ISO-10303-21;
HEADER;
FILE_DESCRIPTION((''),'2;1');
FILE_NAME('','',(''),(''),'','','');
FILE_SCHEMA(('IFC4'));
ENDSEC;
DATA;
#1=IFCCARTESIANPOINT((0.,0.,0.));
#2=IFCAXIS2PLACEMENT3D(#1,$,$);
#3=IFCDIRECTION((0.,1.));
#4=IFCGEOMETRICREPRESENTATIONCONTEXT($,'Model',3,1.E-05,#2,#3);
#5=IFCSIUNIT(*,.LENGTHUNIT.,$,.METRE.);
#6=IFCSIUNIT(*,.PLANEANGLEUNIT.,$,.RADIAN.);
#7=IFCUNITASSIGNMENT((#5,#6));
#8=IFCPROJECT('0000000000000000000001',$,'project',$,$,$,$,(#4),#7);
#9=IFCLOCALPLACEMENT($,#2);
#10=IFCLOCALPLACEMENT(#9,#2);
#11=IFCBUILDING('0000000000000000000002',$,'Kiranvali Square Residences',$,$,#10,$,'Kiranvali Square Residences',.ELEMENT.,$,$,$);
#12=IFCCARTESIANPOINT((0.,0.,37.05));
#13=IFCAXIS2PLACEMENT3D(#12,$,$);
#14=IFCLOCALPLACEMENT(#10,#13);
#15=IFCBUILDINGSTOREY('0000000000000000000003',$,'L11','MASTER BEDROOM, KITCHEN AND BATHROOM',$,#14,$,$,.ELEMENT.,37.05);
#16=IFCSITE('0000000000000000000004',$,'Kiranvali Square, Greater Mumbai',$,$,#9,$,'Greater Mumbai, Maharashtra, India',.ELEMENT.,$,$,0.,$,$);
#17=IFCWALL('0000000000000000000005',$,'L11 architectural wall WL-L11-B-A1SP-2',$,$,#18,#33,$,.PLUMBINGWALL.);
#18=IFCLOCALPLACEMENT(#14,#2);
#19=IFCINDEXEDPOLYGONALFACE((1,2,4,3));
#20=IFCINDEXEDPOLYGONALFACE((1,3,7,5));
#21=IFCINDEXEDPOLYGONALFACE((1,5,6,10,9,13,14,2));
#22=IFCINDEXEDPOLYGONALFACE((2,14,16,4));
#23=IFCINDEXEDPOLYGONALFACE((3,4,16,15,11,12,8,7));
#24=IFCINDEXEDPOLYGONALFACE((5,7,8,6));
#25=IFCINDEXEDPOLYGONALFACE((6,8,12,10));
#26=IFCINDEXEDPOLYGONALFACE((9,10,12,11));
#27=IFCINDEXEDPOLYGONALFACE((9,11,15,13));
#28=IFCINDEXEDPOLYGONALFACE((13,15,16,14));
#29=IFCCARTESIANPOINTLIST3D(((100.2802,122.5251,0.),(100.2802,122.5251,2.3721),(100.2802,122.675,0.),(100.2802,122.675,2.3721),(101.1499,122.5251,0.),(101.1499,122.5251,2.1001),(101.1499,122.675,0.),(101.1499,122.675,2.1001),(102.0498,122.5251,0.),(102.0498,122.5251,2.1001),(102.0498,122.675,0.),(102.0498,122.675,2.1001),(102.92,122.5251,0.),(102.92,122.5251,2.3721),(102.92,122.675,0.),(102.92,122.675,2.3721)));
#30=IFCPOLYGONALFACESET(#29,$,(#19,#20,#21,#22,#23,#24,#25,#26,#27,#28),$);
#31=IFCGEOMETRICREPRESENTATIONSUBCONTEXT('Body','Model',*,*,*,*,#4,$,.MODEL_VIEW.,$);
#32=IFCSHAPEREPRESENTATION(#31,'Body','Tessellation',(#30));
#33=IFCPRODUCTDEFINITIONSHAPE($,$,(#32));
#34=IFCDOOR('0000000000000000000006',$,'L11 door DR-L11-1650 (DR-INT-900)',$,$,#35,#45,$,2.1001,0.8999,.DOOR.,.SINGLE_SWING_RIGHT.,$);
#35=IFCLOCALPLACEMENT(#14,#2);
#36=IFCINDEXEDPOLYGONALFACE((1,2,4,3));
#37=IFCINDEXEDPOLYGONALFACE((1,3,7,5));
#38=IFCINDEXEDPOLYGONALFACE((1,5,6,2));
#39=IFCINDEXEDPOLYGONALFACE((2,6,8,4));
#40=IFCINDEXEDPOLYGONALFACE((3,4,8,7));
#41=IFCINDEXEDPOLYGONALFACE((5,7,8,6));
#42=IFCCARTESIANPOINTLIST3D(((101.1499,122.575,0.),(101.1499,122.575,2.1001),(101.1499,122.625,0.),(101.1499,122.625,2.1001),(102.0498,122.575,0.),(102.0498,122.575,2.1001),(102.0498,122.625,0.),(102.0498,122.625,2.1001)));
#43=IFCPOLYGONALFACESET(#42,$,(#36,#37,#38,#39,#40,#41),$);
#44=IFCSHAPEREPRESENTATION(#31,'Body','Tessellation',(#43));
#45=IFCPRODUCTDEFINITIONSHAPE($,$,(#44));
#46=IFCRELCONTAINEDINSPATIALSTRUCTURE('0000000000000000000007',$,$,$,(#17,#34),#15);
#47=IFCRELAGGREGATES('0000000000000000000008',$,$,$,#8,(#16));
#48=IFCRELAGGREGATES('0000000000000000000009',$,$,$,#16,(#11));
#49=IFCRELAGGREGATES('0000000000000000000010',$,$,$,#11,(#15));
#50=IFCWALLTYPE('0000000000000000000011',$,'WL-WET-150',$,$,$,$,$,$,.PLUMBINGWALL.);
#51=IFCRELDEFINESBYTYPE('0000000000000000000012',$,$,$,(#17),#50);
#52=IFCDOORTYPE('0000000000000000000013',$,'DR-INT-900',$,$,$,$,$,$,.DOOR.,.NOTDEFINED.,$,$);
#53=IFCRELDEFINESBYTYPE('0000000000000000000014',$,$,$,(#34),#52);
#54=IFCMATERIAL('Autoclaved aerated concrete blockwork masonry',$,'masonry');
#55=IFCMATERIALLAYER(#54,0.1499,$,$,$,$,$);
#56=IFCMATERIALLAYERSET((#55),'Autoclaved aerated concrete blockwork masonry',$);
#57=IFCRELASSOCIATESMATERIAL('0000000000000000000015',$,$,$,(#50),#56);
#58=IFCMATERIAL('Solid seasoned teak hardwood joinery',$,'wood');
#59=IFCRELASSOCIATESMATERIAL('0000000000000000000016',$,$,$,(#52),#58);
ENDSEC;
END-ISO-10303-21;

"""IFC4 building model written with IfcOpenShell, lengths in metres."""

from ifc_helpers import new_model, si_unit, direction, frame, frame_2d, origin, place, context, subcontext, project, spatial, rectangle, extrude, material, layer, layer_set, type_object, element, fill, save


model = new_model("IFC4")

# Units and contexts
model_context = context("Model", 3, precision=1e-05, world=origin(), true_north=direction((0.0, 1.0)))
body_context = subcontext(model_context, "Body", "Model", "MODEL_VIEW")
ifc_project = project(units=[si_unit("LENGTHUNIT", "METRE"), si_unit("PLANEANGLEUNIT", "RADIAN")], contexts=[model_context])

# Site, building, storey
site_placement = place(None, origin())
site = spatial("IfcSite", under=ifc_project, at=site_placement, Name="Kiranvali Square, Greater Mumbai", LongName="Greater Mumbai, Maharashtra, India", CompositionType="ELEMENT", RefElevation=0.0)
building_placement = place(site_placement, origin())
building = spatial("IfcBuilding", under=site, at=building_placement, Name="Kiranvali Square Residences", LongName="Kiranvali Square Residences", CompositionType="ELEMENT")
storey_placement = place(building_placement, frame((0.0, 0.0, 37.05)))
storey = spatial("IfcBuildingStorey", under=building, at=storey_placement, Name="L11", Description="MASTER BEDROOM, KITCHEN AND BATHROOM", CompositionType="ELEMENT", Elevation=37.05)

# Wall, opening, door
ifc_material_1 = material(Name="Autoclaved aerated concrete blockwork masonry", Category="masonry")
ifc_layer_1 = layer(ifc_material_1, 0.1499)
ifc_layer_set_1 = layer_set([ifc_layer_1], Name="Autoclaved aerated concrete blockwork masonry")
wall_type_1 = type_object("IfcWallType", Name="WL-WET-150", PredefinedType="PLUMBINGWALL", material=ifc_layer_set_1)
wall_1_placement = place(storey_placement, frame((102.9199, 122.6001, 0.0), z_axis=(0.0, 0.0, 1.0), x_axis=(-1.0, 0.0, 0.0)))
wall_1 = element("IfcWall", 1, at=wall_1_placement, inside=storey, type_object=wall_type_1, Name="L11 architectural wall WL-L11-B-A1SP-2", PredefinedType="PLUMBINGWALL", context=body_context, shape_type="SweptSolid", body=[
    extrude(rectangle(XDim=2.6399, YDim=0.1499, at=frame_2d((1.3198, 0.0))), origin(), (0.0, 0.0, 1.0), 2.3721),
])
opening_1_placement = place(wall_1_placement, frame((0.8701, 0.0, 0.0)))
opening_1 = element("IfcOpeningElement", 2, at=opening_1_placement, cuts=wall_1, PredefinedType="OPENING", context=body_context, shape_type="SweptSolid", body=[
    extrude(rectangle(XDim=0.8999, YDim=2.1001, at=frame_2d((0.45, 1.05))), frame((0.0, 0.085, 0.0), z_axis=(0.0, -1.0, 0.0), x_axis=(1.0, 0.0, 0.0)), (0.0, 0.0, 1.0), 0.1699),
])
ifc_material_2 = material(Name="Solid seasoned teak hardwood joinery", Category="wood")
door_type_1 = type_object("IfcDoorType", Name="DR-INT-900", OperationType="NOTDEFINED", PredefinedType="DOOR", material=ifc_material_2)
door_1_placement = place(opening_1_placement, frame((0.8999, 0.0, 0.0), z_axis=(0.0, 0.0, 1.0), x_axis=(-1.0, 0.0, 0.0)))
door_1 = element("IfcDoor", 3, at=door_1_placement, inside=storey, type_object=door_type_1, Name="L11 door DR-L11-1650 (DR-INT-900)", OperationType="SINGLE_SWING_RIGHT", OverallHeight=2.1001, OverallWidth=0.8999, PredefinedType="DOOR", context=body_context, shape_type="SweptSolid", body=[
    extrude(rectangle(XDim=0.8999, YDim=2.1001, at=frame_2d((0.45, 1.05))), frame((0.0, 0.0249, 0.0), z_axis=(0.0, -1.0, 0.0), x_axis=(1.0, 0.0, 0.0)), (0.0, 0.0, 1.0), 0.05),
])
fill(opening_1, door_1)

save(model, "model.ifc")
